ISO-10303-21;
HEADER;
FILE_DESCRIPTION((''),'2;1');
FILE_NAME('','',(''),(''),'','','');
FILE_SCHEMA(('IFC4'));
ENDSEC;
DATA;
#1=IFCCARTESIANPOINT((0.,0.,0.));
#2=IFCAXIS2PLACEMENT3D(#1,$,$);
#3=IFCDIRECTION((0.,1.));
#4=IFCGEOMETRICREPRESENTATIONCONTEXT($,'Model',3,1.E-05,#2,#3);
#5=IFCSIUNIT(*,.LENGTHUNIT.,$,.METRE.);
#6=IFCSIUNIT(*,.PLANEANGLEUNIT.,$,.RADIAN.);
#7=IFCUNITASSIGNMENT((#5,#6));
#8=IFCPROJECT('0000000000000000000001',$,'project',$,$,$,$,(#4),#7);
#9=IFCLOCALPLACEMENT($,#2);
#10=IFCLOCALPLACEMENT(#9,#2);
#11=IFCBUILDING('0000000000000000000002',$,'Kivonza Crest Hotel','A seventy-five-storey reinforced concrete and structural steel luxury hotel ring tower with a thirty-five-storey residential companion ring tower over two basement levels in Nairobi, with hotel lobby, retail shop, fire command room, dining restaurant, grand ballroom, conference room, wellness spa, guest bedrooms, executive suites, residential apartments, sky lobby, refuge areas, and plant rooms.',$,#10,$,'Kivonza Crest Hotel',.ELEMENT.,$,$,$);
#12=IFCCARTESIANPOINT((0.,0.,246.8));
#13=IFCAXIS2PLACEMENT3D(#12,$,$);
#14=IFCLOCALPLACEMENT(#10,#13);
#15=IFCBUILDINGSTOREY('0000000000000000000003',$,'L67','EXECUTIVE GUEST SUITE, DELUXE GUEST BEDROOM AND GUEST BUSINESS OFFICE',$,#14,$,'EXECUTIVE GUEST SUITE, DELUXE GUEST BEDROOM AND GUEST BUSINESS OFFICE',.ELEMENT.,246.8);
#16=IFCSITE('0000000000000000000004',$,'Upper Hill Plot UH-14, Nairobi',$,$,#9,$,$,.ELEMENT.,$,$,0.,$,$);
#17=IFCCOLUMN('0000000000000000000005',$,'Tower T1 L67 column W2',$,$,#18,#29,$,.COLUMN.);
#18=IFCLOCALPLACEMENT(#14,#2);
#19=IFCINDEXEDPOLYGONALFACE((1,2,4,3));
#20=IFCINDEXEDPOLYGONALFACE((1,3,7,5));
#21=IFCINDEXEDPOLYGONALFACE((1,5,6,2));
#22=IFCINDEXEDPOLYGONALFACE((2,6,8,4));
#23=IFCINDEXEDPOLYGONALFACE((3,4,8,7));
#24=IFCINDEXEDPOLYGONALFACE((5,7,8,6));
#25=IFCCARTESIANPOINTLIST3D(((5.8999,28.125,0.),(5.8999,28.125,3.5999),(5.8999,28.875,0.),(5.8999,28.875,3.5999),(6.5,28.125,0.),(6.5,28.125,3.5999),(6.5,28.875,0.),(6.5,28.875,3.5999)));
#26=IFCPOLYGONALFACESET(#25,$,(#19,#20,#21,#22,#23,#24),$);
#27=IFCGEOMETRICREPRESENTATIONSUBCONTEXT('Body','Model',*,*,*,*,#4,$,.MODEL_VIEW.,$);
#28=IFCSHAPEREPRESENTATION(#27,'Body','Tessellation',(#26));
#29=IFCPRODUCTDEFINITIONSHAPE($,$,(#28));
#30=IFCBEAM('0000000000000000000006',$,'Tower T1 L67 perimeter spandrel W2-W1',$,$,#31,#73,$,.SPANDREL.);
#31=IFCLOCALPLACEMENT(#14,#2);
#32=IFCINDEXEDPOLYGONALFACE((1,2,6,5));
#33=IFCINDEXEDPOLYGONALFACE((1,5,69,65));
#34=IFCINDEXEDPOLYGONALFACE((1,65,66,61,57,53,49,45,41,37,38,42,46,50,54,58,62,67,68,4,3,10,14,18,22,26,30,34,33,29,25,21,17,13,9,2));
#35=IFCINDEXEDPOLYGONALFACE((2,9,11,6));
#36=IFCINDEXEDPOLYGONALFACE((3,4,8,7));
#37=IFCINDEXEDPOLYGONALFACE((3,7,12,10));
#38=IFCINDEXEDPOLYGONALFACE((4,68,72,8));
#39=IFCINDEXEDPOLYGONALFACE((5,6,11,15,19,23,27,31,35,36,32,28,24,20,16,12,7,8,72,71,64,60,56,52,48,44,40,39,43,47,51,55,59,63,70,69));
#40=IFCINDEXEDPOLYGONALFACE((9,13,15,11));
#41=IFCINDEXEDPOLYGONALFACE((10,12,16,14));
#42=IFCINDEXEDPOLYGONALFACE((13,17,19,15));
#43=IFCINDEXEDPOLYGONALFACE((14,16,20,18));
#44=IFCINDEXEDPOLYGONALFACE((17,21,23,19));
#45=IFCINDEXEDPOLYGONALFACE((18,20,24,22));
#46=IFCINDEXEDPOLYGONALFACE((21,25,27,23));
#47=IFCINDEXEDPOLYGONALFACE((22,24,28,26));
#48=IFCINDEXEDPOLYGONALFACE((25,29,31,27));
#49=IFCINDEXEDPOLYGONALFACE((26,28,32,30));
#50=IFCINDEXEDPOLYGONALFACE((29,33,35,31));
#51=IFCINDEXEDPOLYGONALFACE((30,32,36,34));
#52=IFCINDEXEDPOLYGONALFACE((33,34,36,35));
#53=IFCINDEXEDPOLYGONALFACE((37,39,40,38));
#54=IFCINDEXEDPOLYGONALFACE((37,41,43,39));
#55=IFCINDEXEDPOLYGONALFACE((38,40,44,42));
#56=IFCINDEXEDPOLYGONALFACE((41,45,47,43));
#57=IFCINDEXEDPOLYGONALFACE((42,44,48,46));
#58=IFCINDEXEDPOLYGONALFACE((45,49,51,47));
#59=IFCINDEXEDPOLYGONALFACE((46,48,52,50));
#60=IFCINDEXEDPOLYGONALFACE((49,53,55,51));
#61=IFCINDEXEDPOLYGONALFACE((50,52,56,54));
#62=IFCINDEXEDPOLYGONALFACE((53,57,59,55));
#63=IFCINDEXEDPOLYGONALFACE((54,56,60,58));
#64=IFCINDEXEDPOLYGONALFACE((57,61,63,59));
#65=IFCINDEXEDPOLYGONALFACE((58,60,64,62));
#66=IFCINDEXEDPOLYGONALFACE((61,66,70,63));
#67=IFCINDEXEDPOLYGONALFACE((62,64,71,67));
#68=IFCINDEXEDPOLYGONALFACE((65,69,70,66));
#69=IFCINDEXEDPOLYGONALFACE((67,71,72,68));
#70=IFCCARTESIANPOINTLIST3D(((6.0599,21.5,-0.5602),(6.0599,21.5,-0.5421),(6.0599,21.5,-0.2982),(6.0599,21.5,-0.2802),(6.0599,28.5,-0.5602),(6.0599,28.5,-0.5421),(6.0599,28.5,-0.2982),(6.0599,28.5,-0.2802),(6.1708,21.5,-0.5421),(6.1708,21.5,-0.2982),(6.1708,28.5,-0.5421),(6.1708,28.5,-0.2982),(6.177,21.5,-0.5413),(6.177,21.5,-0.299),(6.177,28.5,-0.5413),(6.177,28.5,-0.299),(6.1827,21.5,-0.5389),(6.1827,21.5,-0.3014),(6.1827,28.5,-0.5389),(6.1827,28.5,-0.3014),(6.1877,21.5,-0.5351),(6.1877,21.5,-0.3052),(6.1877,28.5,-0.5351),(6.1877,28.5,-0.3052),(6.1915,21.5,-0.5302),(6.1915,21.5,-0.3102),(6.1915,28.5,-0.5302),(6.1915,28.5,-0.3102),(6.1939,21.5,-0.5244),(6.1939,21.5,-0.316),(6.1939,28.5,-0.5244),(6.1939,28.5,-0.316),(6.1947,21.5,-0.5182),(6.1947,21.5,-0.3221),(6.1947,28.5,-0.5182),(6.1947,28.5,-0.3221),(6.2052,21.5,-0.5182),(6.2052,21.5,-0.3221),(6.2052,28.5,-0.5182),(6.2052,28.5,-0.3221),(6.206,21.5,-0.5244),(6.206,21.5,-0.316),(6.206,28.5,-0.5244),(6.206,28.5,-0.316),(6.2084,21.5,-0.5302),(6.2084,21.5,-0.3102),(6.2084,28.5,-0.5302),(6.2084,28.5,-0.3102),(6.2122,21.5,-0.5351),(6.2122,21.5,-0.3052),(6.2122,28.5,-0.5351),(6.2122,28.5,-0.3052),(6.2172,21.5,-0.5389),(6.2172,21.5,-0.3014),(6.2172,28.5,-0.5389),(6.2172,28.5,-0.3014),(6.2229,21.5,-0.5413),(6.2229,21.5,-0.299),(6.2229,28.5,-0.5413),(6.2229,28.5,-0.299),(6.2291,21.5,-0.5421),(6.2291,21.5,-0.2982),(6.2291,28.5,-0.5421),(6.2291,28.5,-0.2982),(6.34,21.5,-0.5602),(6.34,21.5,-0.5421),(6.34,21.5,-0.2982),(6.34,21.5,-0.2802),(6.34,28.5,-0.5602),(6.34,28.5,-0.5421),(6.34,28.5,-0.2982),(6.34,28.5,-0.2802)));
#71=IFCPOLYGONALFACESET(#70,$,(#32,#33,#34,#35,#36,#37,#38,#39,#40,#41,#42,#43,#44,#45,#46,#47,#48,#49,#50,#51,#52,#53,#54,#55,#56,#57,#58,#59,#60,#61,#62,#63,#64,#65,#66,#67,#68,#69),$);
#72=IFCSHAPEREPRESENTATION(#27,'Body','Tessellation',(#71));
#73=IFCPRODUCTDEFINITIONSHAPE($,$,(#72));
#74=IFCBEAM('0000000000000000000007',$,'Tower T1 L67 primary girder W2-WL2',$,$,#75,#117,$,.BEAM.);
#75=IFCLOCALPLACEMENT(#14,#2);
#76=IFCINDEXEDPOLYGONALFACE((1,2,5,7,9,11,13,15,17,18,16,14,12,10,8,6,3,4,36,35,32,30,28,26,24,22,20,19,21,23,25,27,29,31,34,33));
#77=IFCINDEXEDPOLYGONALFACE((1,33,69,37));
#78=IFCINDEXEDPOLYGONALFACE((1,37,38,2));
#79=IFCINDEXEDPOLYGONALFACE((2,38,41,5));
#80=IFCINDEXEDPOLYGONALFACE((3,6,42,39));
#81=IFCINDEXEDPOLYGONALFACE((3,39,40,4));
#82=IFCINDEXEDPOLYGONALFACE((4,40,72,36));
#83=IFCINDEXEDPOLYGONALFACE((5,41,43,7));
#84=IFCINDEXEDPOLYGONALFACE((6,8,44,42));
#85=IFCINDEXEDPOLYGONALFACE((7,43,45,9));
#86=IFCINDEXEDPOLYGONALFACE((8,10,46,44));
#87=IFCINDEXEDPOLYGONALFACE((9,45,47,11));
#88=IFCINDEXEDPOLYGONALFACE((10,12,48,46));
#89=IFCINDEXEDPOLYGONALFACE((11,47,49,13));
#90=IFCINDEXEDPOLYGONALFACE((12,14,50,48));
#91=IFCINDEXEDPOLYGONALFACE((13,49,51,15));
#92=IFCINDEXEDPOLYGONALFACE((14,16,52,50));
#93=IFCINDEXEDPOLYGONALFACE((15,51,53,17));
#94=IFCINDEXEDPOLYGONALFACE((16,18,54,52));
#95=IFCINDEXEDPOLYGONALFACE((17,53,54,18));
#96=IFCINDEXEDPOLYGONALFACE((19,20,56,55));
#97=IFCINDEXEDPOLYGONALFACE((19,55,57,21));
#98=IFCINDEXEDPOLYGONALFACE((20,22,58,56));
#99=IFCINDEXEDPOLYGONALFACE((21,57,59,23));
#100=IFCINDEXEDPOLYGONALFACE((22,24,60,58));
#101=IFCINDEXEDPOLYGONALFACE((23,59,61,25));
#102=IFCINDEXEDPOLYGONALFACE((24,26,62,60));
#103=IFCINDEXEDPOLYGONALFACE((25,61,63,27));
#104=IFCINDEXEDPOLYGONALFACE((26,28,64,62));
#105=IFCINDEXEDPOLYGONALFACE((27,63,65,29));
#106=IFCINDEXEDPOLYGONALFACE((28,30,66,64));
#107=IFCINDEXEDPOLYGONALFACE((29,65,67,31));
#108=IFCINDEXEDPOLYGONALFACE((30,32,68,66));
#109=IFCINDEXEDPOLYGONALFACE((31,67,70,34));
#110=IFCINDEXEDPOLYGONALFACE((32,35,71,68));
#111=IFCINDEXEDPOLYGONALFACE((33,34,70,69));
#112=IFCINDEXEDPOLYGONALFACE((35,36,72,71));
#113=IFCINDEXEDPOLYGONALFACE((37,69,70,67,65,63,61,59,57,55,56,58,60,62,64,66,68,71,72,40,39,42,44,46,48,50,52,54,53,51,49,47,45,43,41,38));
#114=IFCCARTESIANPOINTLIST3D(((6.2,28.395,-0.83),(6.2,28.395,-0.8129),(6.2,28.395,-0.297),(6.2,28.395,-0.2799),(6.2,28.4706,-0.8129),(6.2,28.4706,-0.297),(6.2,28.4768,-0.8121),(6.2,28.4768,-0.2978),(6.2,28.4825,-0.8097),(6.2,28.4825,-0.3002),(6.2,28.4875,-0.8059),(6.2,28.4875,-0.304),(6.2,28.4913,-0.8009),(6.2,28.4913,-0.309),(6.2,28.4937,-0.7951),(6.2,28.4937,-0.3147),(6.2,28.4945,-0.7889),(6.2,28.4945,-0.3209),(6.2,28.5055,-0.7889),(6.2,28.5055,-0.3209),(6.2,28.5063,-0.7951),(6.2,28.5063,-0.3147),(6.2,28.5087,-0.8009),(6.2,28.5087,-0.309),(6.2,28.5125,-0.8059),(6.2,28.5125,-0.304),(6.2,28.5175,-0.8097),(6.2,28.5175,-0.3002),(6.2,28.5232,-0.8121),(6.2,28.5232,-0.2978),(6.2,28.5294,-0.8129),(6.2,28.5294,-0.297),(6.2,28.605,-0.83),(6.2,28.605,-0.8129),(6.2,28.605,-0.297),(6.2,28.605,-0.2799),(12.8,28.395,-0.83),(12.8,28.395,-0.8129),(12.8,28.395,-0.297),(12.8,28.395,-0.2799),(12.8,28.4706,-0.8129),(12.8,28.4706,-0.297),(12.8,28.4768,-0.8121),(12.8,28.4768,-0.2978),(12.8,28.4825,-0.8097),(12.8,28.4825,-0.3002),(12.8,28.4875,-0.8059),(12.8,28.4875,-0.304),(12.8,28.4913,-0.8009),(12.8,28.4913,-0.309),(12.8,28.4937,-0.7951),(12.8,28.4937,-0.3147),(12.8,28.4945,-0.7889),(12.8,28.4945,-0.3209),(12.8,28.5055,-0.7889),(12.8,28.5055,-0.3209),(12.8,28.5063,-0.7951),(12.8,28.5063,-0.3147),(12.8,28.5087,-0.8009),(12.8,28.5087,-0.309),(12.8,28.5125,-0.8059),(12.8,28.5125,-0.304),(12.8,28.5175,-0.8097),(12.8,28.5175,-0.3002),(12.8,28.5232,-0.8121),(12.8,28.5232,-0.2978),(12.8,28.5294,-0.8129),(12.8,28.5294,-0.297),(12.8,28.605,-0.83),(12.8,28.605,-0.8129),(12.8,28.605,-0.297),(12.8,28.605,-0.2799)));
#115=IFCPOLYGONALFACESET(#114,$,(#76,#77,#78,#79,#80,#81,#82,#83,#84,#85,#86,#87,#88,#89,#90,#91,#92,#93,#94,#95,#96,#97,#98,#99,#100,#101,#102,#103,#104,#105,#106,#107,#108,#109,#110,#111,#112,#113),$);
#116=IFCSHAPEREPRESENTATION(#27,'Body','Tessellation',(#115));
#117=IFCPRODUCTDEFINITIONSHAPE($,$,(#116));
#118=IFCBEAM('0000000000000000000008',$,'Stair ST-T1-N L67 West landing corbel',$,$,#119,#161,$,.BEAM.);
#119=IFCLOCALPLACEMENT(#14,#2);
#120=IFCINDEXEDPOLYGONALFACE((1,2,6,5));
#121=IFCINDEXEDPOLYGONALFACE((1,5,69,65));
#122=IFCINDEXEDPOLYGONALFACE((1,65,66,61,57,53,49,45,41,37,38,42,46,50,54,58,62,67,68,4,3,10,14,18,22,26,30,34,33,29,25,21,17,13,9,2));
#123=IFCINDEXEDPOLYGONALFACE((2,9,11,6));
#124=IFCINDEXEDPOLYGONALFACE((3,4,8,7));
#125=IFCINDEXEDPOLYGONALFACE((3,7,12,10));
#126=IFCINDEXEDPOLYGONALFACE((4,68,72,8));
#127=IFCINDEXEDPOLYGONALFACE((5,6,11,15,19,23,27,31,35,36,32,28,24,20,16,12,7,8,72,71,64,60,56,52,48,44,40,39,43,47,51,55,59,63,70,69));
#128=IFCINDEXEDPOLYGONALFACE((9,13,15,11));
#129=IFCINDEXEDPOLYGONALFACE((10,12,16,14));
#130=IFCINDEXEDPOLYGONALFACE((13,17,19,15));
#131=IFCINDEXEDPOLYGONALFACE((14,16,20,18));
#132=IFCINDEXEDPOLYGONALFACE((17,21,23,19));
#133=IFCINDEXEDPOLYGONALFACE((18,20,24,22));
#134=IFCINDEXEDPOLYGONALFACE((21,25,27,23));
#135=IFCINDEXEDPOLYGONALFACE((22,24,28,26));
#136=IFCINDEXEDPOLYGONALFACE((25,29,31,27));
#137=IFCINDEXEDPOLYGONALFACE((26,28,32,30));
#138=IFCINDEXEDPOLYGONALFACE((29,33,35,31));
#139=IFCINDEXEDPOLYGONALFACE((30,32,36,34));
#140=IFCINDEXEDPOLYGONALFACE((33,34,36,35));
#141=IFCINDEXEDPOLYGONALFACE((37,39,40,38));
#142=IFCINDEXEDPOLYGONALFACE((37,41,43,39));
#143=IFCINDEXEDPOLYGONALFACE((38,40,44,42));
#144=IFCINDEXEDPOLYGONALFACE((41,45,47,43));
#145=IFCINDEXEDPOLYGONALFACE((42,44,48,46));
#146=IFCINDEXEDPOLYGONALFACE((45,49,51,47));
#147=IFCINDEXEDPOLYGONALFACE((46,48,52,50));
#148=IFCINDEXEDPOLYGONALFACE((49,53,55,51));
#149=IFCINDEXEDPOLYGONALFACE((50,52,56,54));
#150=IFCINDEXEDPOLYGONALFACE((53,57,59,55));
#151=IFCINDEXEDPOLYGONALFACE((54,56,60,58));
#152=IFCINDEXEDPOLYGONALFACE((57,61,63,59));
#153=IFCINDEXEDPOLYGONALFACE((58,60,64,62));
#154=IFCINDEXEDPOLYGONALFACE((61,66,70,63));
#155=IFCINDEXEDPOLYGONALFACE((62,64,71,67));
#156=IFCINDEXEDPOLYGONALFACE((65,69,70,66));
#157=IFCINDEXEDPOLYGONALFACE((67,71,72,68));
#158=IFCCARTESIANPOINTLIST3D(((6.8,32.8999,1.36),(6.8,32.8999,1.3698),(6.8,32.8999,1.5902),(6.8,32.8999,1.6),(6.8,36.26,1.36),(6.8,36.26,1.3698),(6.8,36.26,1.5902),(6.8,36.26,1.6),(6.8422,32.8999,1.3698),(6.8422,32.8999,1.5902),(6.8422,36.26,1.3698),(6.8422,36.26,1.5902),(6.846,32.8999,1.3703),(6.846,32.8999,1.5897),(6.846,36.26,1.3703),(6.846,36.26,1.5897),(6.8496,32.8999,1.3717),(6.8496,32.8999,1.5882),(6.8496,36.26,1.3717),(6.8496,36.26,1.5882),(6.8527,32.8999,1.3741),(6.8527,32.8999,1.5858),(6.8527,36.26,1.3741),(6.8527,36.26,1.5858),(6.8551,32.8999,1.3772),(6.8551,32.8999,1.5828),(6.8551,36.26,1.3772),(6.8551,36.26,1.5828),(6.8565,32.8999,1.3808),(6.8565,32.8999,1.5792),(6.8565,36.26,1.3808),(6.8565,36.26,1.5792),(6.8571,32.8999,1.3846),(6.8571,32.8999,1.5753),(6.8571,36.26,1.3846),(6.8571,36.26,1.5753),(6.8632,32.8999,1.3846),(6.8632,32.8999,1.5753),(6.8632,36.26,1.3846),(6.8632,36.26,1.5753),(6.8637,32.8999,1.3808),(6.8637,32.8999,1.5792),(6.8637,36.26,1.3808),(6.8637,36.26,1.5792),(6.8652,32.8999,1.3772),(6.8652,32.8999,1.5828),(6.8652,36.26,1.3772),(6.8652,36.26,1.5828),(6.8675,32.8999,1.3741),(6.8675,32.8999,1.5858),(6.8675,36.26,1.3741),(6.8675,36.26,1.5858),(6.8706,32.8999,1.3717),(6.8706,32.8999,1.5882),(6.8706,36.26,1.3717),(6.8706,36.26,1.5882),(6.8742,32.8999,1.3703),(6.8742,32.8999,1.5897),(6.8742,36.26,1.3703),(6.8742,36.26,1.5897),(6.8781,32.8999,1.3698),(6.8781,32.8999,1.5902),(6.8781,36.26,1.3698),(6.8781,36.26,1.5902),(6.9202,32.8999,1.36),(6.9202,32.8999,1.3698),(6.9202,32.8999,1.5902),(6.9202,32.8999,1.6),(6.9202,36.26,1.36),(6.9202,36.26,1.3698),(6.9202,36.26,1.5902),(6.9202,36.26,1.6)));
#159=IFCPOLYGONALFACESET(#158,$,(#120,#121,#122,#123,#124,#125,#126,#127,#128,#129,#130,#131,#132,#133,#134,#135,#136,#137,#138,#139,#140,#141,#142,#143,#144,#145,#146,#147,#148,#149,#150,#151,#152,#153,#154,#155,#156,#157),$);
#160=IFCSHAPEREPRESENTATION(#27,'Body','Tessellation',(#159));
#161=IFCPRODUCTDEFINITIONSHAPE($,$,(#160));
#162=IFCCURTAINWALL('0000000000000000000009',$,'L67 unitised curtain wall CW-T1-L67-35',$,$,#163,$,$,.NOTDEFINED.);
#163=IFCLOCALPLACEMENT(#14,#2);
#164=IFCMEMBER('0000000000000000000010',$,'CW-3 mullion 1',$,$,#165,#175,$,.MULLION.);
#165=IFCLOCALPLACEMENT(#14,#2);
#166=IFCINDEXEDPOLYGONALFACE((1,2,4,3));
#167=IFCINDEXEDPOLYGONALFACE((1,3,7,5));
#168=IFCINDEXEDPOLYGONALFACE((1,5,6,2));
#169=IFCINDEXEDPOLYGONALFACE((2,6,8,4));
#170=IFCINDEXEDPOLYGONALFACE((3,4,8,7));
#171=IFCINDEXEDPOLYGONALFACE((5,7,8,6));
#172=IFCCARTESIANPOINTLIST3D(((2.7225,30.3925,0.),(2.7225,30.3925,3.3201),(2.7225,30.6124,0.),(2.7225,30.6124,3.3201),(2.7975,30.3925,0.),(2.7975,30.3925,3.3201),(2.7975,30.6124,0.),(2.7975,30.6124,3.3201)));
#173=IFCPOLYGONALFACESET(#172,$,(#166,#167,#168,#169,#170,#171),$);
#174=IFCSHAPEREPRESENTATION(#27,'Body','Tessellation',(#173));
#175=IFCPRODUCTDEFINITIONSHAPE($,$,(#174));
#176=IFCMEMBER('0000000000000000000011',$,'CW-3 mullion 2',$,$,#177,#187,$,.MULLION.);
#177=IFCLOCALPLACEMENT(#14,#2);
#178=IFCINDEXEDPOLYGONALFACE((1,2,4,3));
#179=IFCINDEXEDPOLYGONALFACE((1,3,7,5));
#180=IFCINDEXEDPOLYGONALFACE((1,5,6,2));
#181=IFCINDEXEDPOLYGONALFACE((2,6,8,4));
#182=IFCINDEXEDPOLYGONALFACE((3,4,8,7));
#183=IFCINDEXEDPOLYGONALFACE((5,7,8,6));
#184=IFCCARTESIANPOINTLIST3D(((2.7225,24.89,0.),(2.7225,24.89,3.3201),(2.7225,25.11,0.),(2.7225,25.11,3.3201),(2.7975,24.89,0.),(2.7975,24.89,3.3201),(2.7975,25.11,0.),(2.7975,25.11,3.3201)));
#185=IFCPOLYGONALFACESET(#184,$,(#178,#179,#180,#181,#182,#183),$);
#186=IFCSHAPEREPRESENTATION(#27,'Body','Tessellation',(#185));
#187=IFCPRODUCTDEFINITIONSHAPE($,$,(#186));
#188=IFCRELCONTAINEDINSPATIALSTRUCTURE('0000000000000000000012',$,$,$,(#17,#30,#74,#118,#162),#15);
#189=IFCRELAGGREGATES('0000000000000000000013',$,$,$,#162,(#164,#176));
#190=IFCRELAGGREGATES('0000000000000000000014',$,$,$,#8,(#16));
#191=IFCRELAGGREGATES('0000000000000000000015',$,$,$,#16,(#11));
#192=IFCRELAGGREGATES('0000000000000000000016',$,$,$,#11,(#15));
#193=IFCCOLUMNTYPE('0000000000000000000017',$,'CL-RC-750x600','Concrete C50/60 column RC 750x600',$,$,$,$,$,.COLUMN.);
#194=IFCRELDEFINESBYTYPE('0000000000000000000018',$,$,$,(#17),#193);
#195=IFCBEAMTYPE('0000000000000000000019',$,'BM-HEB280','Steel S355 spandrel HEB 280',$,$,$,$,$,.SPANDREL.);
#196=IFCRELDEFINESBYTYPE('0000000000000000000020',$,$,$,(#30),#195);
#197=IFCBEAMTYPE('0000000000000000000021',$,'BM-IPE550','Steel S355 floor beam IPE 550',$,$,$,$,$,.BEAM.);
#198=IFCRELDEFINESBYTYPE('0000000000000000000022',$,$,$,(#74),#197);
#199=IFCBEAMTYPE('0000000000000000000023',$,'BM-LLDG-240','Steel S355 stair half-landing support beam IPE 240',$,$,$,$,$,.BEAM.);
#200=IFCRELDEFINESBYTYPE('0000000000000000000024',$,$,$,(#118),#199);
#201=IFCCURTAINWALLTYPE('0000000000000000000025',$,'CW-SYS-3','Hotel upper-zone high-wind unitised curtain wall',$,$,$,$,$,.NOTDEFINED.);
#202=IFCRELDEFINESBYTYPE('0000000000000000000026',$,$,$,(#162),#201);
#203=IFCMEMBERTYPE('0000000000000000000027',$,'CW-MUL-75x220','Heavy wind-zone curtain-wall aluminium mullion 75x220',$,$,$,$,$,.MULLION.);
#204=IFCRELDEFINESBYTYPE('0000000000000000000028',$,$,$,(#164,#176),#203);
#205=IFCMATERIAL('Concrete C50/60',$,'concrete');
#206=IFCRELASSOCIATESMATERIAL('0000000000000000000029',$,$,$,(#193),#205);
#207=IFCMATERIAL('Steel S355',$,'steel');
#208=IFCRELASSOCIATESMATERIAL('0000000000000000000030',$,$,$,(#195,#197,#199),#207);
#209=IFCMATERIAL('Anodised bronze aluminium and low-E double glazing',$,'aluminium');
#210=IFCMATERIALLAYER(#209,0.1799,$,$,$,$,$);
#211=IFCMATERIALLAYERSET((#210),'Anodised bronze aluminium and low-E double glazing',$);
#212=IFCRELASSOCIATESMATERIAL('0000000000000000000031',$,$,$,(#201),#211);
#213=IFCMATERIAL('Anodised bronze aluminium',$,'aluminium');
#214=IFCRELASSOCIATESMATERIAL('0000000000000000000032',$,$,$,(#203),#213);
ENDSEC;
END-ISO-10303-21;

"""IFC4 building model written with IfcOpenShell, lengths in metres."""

from ifc_helpers import new_model, si_unit, direction, frame, origin, origin_2d, place, context, subcontext, project, spatial, rectangle, i_section, extrude, material, layer, layer_set, material_profile, profile_set, type_object, element, aggregate, save


model = new_model("IFC4")

# Units and contexts
model_context = context("Model", 3, precision=1e-05, world=origin(), true_north=direction((0.0, 1.0)))
body_context = subcontext(model_context, "Body", "Model", "MODEL_VIEW")
ifc_project = project(units=[si_unit("LENGTHUNIT", "METRE"), si_unit("PLANEANGLEUNIT", "RADIAN")], contexts=[model_context])

# Site, building, storey
site_placement = place(None, origin())
site = spatial("IfcSite", under=ifc_project, at=site_placement, Name="Upper Hill Plot UH-14, Nairobi", CompositionType="ELEMENT", RefElevation=0.0)
building_placement = place(site_placement, origin())
building = spatial("IfcBuilding", under=site, at=building_placement, Name="Kivonza Crest Hotel", Description="A seventy-five-storey reinforced concrete and structural steel luxury hotel ring tower with a thirty-five-storey residential companion ring tower over two basement levels in Nairobi, with hotel lobby, retail shop, fire command room, dining restaurant, grand ballroom, conference room, wellness spa, guest bedrooms, executive suites, residential apartments, sky lobby, refuge areas, and plant rooms.", LongName="Kivonza Crest Hotel", CompositionType="ELEMENT")
storey_placement = place(building_placement, frame((0.0, 0.0, 246.8)))
storey = spatial("IfcBuildingStorey", under=building, at=storey_placement, Name="L67", Description="EXECUTIVE GUEST SUITE, DELUXE GUEST BEDROOM AND GUEST BUSINESS OFFICE", LongName="EXECUTIVE GUEST SUITE, DELUXE GUEST BEDROOM AND GUEST BUSINESS OFFICE", CompositionType="ELEMENT", Elevation=246.8)

# Column
ifc_material_1 = material(Name="Concrete C50/60", Category="concrete")
ifc_material_profile_1 = material_profile(ifc_material_1, rectangle(XDim=0.6001, YDim=0.75, at=origin_2d()), Name="RC 750x600")
ifc_profile_set_1 = profile_set([ifc_material_profile_1], Name="Concrete C50/60")
column_type = type_object("IfcColumnType", Name="CL-RC-750x600", Description="Concrete C50/60 column RC 750x600", PredefinedType="COLUMN", material=ifc_profile_set_1)
column_placement = place(storey_placement, frame((6.2, 28.5, 0.0), z_axis=(0.0, 0.0, 1.0), x_axis=(1.0, 0.0, 0.0)))
element("IfcColumn", 1, at=column_placement, inside=storey, type_object=column_type, Name="Tower T1 L67 column W2", PredefinedType="COLUMN", context=body_context, shape_type="SweptSolid", body=[
    extrude(rectangle(XDim=0.6001, YDim=0.75, at=origin_2d()), origin(), (0.0, 0.0, 1.0), 3.5999),
])

# Beams
ifc_material_2 = material(Name="Steel S355", Category="steel")
ifc_material_profile_2 = material_profile(ifc_material_2, i_section(OverallWidth=0.28, OverallDepth=0.28, WebThickness=0.0105, FlangeThickness=0.0181, FilletRadius=0.0239, at=origin_2d()), Name="HEB 280")
ifc_profile_set_2 = profile_set([ifc_material_profile_2], Name="Steel S355")
beam_type_1 = type_object("IfcBeamType", Name="BM-HEB280", Description="Steel S355 spandrel HEB 280", PredefinedType="SPANDREL", material=ifc_profile_set_2)
beam_1_placement = place(storey_placement, frame((6.2, 28.5, -0.4202), z_axis=(0.0, -1.0, 0.0), x_axis=(1.0, 0.0, 0.0)))
element("IfcBeam", 2, at=beam_1_placement, inside=storey, type_object=beam_type_1, Name="Tower T1 L67 perimeter spandrel W2-W1", PredefinedType="SPANDREL", context=body_context, shape_type="SweptSolid", body=[
    extrude(i_section(OverallWidth=0.28, OverallDepth=0.28, WebThickness=0.0105, FlangeThickness=0.0181, FilletRadius=0.0239, at=origin_2d()), origin(), (0.0, 0.0, 1.0), 7.0),
])
ifc_material_profile_3 = material_profile(ifc_material_2, i_section(OverallWidth=0.21, OverallDepth=0.55, WebThickness=0.011, FlangeThickness=0.0171, FilletRadius=0.0239, at=origin_2d()), Name="IPE 550")
ifc_profile_set_3 = profile_set([ifc_material_profile_3], Name="Steel S355")
beam_type_2 = type_object("IfcBeamType", Name="BM-IPE550", Description="Steel S355 floor beam IPE 550", PredefinedType="BEAM", material=ifc_profile_set_3)
beam_2_placement = place(storey_placement, frame((6.2, 28.5, -0.5549), z_axis=(1.0, 0.0, 0.0), x_axis=(0.0, 1.0, 0.0)))
element("IfcBeam", 3, at=beam_2_placement, inside=storey, type_object=beam_type_2, Name="Tower T1 L67 primary girder W2-WL2", PredefinedType="BEAM", context=body_context, shape_type="SweptSolid", body=[
    extrude(i_section(OverallWidth=0.21, OverallDepth=0.55, WebThickness=0.011, FlangeThickness=0.0171, FilletRadius=0.0239, at=origin_2d()), origin(), (0.0, 0.0, 1.0), 6.6001),
])
ifc_material_profile_4 = material_profile(ifc_material_2, i_section(OverallWidth=0.1201, OverallDepth=0.24, WebThickness=0.0061, FlangeThickness=0.0098, FilletRadius=0.0149, at=origin_2d()), Name="IPE 240")
ifc_profile_set_4 = profile_set([ifc_material_profile_4], Name="Steel S355")
beam_type_3 = type_object("IfcBeamType", Name="BM-LLDG-240", Description="Steel S355 stair half-landing support beam IPE 240", PredefinedType="BEAM", material=ifc_profile_set_4)
beam_3_placement = place(storey_placement, frame((6.8601, 32.8999, 1.48), z_axis=(0.0, 1.0, 0.0), x_axis=(-1.0, 0.0, 0.0)))
element("IfcBeam", 4, at=beam_3_placement, inside=storey, type_object=beam_type_3, Name="Stair ST-T1-N L67 West landing corbel", PredefinedType="BEAM", context=body_context, shape_type="SweptSolid", body=[
    extrude(i_section(OverallWidth=0.1201, OverallDepth=0.24, WebThickness=0.0061, FlangeThickness=0.0098, FilletRadius=0.0149, at=origin_2d()), origin(), (0.0, 0.0, 1.0), 3.3601),
])

# Curtain wall, members
ifc_material_3 = material(Name="Anodised bronze aluminium and low-E double glazing", Category="aluminium")
ifc_layer_1 = layer(ifc_material_3, 0.1799)
ifc_layer_set_1 = layer_set([ifc_layer_1], Name="Anodised bronze aluminium and low-E double glazing")
curtain_wall_type = type_object("IfcCurtainWallType", Name="CW-SYS-3", Description="Hotel upper-zone high-wind unitised curtain wall", PredefinedType="NOTDEFINED", material=ifc_layer_set_1)
curtain_wall_placement = place(storey_placement, origin())
curtain_wall = element("IfcCurtainWall", 5, at=curtain_wall_placement, inside=storey, type_object=curtain_wall_type, Name="L67 unitised curtain wall CW-T1-L67-35", PredefinedType="NOTDEFINED")
ifc_material_4 = material(Name="Anodised bronze aluminium", Category="aluminium")
ifc_material_profile_5 = material_profile(ifc_material_4, rectangle(XDim=0.075, YDim=0.22, at=origin_2d()), Name="CW-M 75x220")
ifc_profile_set_5 = profile_set([ifc_material_profile_5], Name="Anodised bronze aluminium")
member_type_1 = type_object("IfcMemberType", Name="CW-MUL-75x220", Description="Heavy wind-zone curtain-wall aluminium mullion 75x220", PredefinedType="MULLION", material=ifc_profile_set_5)
member_1_placement = place(storey_placement, frame((2.76, 30.5024, 0.0), z_axis=(0.0, 0.0, 1.0), x_axis=(1.0, 0.0, 0.0)))
member_1 = element("IfcMember", 6, at=member_1_placement, type_object=member_type_1, Name="CW-3 mullion 1", PredefinedType="MULLION", context=body_context, shape_type="SweptSolid", body=[
    extrude(rectangle(XDim=0.075, YDim=0.22, at=origin_2d()), origin(), (0.0, 0.0, 1.0), 3.3201),
])
member_2_placement = place(storey_placement, frame((2.76, 25.0, 0.0), z_axis=(0.0, 0.0, 1.0), x_axis=(1.0, 0.0, 0.0)))
member_2 = element("IfcMember", 7, at=member_2_placement, type_object=member_type_1, Name="CW-3 mullion 2", PredefinedType="MULLION", context=body_context, shape_type="SweptSolid", body=[
    extrude(rectangle(XDim=0.075, YDim=0.22, at=origin_2d()), origin(), (0.0, 0.0, 1.0), 3.3201),
])
aggregate(curtain_wall, [member_1, member_2])

save(model, "model.ifc")
